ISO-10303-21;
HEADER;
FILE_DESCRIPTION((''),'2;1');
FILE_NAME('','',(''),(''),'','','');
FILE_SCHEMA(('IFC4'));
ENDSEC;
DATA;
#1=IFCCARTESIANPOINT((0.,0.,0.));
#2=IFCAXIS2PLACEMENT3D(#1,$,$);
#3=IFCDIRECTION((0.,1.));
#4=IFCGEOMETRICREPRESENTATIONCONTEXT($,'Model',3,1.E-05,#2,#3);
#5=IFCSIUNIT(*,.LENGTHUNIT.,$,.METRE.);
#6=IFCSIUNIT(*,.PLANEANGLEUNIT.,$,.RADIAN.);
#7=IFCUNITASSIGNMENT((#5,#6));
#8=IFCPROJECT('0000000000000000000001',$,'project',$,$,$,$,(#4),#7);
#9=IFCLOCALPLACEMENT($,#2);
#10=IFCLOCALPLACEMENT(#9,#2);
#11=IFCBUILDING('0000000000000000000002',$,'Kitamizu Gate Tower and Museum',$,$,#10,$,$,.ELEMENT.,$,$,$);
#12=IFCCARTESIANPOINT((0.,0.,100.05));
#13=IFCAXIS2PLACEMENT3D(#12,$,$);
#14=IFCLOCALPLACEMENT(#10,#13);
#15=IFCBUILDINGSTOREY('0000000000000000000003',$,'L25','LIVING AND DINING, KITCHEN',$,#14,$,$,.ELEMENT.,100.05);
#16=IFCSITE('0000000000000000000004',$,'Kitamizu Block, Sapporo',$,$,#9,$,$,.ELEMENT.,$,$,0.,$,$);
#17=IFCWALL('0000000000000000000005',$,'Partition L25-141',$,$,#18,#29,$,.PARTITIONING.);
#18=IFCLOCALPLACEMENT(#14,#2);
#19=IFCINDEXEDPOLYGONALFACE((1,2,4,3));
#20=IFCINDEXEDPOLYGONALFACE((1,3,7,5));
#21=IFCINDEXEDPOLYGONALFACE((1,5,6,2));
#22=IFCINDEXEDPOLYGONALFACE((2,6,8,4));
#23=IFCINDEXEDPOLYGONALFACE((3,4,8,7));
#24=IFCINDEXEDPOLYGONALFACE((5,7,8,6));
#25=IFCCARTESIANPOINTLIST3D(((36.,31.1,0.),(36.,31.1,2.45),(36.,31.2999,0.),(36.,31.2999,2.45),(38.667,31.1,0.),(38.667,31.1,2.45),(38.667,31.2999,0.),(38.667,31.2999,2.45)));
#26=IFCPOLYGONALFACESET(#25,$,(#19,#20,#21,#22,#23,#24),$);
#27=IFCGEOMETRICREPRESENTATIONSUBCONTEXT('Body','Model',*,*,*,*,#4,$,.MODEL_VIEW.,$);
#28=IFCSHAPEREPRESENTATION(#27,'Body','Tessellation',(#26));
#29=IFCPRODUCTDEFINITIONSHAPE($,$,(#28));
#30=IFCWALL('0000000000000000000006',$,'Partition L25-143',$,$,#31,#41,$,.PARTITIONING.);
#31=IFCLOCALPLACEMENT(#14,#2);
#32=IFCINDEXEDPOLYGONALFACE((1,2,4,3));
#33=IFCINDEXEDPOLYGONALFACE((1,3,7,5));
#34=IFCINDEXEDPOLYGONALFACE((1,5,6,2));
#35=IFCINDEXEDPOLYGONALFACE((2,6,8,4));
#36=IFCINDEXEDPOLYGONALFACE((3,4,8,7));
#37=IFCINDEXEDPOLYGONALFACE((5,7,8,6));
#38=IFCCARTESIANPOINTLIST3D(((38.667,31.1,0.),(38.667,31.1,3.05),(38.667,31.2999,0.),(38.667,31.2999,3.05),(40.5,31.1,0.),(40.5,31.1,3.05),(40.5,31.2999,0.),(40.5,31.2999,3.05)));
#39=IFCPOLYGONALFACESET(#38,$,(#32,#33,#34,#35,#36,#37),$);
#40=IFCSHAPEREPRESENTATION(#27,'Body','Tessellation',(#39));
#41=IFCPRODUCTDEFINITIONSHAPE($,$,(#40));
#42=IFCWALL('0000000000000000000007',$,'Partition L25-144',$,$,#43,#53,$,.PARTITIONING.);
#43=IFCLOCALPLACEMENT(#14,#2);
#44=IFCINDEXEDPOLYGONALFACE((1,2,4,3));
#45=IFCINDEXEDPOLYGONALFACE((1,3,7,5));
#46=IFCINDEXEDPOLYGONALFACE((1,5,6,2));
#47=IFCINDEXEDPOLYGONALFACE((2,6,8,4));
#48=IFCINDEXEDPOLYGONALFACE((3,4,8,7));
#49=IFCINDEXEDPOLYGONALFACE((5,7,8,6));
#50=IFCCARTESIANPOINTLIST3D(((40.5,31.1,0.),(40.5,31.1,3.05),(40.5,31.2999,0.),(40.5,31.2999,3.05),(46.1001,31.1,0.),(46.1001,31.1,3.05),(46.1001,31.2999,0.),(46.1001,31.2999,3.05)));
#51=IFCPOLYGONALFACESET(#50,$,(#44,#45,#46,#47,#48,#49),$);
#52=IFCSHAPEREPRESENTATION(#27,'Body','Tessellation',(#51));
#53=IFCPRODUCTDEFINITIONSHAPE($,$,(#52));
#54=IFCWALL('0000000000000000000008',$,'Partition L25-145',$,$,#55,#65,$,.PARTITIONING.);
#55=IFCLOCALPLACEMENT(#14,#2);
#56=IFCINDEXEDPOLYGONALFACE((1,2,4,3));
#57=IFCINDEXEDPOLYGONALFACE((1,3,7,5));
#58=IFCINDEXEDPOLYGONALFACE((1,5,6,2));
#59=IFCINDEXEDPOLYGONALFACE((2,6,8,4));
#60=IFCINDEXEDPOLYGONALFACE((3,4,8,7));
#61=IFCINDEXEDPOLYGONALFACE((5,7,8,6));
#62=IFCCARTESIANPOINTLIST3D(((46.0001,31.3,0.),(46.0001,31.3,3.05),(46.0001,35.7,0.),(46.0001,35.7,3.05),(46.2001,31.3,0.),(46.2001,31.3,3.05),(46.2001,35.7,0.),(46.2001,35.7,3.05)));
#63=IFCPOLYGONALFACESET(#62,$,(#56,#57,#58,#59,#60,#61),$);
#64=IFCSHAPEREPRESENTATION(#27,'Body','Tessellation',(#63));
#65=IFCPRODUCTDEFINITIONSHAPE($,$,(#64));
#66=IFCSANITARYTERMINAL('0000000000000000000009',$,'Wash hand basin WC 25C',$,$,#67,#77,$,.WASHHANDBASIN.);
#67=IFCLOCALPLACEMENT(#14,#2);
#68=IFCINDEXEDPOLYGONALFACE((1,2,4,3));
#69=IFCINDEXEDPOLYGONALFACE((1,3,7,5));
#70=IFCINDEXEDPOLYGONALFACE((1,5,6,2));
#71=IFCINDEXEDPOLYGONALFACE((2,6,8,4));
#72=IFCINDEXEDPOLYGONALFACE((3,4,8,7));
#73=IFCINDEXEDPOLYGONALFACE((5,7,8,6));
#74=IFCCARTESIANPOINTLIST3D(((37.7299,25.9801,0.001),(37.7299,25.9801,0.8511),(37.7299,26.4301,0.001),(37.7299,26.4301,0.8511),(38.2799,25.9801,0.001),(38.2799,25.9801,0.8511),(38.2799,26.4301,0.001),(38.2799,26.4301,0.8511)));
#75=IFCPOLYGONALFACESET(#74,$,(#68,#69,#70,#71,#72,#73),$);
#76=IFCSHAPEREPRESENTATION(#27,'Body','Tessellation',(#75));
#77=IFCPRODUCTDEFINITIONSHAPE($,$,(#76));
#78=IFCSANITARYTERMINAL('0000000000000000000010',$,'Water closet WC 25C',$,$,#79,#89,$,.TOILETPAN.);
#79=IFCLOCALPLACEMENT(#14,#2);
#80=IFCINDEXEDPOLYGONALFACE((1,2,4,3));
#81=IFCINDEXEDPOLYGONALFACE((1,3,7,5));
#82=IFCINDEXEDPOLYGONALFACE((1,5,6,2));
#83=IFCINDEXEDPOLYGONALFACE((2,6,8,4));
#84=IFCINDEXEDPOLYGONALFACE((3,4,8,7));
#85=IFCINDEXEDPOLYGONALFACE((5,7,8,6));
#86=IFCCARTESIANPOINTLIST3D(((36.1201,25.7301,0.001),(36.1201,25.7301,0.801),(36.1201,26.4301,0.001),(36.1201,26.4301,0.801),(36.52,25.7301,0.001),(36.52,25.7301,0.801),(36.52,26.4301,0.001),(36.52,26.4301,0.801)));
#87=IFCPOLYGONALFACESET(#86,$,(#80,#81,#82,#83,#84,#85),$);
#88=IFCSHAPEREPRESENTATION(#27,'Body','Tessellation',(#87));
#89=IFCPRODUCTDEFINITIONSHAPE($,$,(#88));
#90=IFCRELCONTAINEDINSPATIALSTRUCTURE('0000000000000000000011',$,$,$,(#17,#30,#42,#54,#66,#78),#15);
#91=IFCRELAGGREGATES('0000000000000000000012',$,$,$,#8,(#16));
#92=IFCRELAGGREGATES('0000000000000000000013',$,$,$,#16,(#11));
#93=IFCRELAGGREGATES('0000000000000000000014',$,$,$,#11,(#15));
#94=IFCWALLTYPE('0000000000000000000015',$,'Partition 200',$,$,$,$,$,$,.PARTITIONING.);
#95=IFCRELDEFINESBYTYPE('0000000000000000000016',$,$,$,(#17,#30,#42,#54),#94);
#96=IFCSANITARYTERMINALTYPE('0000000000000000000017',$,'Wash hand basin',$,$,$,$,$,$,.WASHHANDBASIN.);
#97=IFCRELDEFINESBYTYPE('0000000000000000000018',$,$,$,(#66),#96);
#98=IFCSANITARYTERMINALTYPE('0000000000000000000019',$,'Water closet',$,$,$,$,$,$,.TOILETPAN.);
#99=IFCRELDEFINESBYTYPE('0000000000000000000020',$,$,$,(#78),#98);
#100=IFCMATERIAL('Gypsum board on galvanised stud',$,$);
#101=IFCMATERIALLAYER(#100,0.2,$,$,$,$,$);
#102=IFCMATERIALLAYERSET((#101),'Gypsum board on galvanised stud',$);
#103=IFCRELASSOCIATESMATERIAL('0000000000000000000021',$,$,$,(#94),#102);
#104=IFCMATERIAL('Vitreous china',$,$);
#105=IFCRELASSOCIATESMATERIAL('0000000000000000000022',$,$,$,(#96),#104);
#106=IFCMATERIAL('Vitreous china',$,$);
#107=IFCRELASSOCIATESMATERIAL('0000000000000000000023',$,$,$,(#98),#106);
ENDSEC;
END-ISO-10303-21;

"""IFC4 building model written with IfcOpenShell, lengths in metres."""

from ifc_helpers import new_model, si_unit, direction, frame, frame_2d, origin, origin_2d, place, context, subcontext, project, spatial, rectangle, extrude, material, layer, layer_set, type_object, element, save


model = new_model("IFC4")

# Units and contexts
model_context = context("Model", 3, precision=1e-05, world=origin(), true_north=direction((0.0, 1.0)))
body_context = subcontext(model_context, "Body", "Model", "MODEL_VIEW")
ifc_project = project(units=[si_unit("LENGTHUNIT", "METRE"), si_unit("PLANEANGLEUNIT", "RADIAN")], contexts=[model_context])

# Site, building, storey
site_placement = place(None, origin())
site = spatial("IfcSite", under=ifc_project, at=site_placement, Name="Kitamizu Block, Sapporo", CompositionType="ELEMENT", RefElevation=0.0)
building_placement = place(site_placement, origin())
building = spatial("IfcBuilding", under=site, at=building_placement, Name="Kitamizu Gate Tower and Museum", CompositionType="ELEMENT")
storey_placement = place(building_placement, frame((0.0, 0.0, 100.05)))
storey = spatial("IfcBuildingStorey", under=building, at=storey_placement, Name="L25", Description="LIVING AND DINING, KITCHEN", CompositionType="ELEMENT", Elevation=100.05)

# Shared definitions
ifc_material_1 = material(Name="Gypsum board on galvanised stud")
ifc_layer_1 = layer(ifc_material_1, 0.2)
ifc_layer_set_1 = layer_set([ifc_layer_1], Name="Gypsum board on galvanised stud")
wall_type_1 = type_object("IfcWallType", Name="Partition 200", PredefinedType="PARTITIONING", material=ifc_layer_set_1)

# Walls
wall_1_placement = place(storey_placement, frame((36.0, 31.2, 0.0), z_axis=(0.0, 0.0, 1.0), x_axis=(1.0, 0.0, 0.0)))
element("IfcWall", 1, at=wall_1_placement, inside=storey, type_object=wall_type_1, Name="Partition L25-141", PredefinedType="PARTITIONING", context=body_context, shape_type="SweptSolid", body=[
    extrude(rectangle(XDim=2.667, YDim=0.2, at=frame_2d((1.3335, 0.0))), origin(), (0.0, 0.0, 1.0), 2.45),
])
wall_2_placement = place(storey_placement, frame((38.667, 31.2, 0.0), z_axis=(0.0, 0.0, 1.0), x_axis=(1.0, 0.0, 0.0)))
element("IfcWall", 2, at=wall_2_placement, inside=storey, type_object=wall_type_1, Name="Partition L25-143", PredefinedType="PARTITIONING", context=body_context, shape_type="SweptSolid", body=[
    extrude(rectangle(XDim=1.833, YDim=0.2, at=frame_2d((0.9165, 0.0))), origin(), (0.0, 0.0, 1.0), 3.05),
])
wall_3_placement = place(storey_placement, frame((40.5, 31.2, 0.0), z_axis=(0.0, 0.0, 1.0), x_axis=(1.0, 0.0, 0.0)))
element("IfcWall", 3, at=wall_3_placement, inside=storey, type_object=wall_type_1, Name="Partition L25-144", PredefinedType="PARTITIONING", context=body_context, shape_type="SweptSolid", body=[
    extrude(rectangle(XDim=5.6001, YDim=0.2, at=frame_2d((2.8, 0.0))), origin(), (0.0, 0.0, 1.0), 3.05),
])
wall_4_placement = place(storey_placement, frame((46.1001, 31.3, 0.0), z_axis=(0.0, 0.0, 1.0), x_axis=(0.0, 1.0, 0.0)))
element("IfcWall", 4, at=wall_4_placement, inside=storey, type_object=wall_type_1, Name="Partition L25-145", PredefinedType="PARTITIONING", context=body_context, shape_type="SweptSolid", body=[
    extrude(rectangle(XDim=4.3999, YDim=0.2, at=frame_2d((2.2, 0.0))), origin(), (0.0, 0.0, 1.0), 3.05),
])

# Sanitary terminals
ifc_material_2 = material(Name="Vitreous china")
sanitary_terminal_type_1 = type_object("IfcSanitaryTerminalType", Name="Wash hand basin", PredefinedType="WASHHANDBASIN", material=ifc_material_2)
sanitary_terminal_1_placement = place(storey_placement, frame((38.0049, 26.2051, 0.001), z_axis=(0.0, 0.0, 1.0), x_axis=(1.0, 0.0, 0.0)))
element("IfcSanitaryTerminal", 5, at=sanitary_terminal_1_placement, inside=storey, type_object=sanitary_terminal_type_1, Name="Wash hand basin WC 25C", PredefinedType="WASHHANDBASIN", context=body_context, shape_type="SweptSolid", body=[
    extrude(rectangle(XDim=0.55, YDim=0.45, at=origin_2d()), origin(), (0.0, 0.0, 1.0), 0.8501),
])
ifc_material_3 = material(Name="Vitreous china")
sanitary_terminal_type_2 = type_object("IfcSanitaryTerminalType", Name="Water closet", PredefinedType="TOILETPAN", material=ifc_material_3)
sanitary_terminal_2_placement = place(storey_placement, frame((36.3201, 26.0801, 0.001), z_axis=(0.0, 0.0, 1.0), x_axis=(1.0, 0.0, 0.0)))
element("IfcSanitaryTerminal", 6, at=sanitary_terminal_2_placement, inside=storey, type_object=sanitary_terminal_type_2, Name="Water closet WC 25C", PredefinedType="TOILETPAN", context=body_context, shape_type="SweptSolid", body=[
    extrude(rectangle(XDim=0.3999, YDim=0.7, at=origin_2d()), origin(), (0.0, 0.0, 1.0), 0.8),
])

save(model, "model.ifc")
